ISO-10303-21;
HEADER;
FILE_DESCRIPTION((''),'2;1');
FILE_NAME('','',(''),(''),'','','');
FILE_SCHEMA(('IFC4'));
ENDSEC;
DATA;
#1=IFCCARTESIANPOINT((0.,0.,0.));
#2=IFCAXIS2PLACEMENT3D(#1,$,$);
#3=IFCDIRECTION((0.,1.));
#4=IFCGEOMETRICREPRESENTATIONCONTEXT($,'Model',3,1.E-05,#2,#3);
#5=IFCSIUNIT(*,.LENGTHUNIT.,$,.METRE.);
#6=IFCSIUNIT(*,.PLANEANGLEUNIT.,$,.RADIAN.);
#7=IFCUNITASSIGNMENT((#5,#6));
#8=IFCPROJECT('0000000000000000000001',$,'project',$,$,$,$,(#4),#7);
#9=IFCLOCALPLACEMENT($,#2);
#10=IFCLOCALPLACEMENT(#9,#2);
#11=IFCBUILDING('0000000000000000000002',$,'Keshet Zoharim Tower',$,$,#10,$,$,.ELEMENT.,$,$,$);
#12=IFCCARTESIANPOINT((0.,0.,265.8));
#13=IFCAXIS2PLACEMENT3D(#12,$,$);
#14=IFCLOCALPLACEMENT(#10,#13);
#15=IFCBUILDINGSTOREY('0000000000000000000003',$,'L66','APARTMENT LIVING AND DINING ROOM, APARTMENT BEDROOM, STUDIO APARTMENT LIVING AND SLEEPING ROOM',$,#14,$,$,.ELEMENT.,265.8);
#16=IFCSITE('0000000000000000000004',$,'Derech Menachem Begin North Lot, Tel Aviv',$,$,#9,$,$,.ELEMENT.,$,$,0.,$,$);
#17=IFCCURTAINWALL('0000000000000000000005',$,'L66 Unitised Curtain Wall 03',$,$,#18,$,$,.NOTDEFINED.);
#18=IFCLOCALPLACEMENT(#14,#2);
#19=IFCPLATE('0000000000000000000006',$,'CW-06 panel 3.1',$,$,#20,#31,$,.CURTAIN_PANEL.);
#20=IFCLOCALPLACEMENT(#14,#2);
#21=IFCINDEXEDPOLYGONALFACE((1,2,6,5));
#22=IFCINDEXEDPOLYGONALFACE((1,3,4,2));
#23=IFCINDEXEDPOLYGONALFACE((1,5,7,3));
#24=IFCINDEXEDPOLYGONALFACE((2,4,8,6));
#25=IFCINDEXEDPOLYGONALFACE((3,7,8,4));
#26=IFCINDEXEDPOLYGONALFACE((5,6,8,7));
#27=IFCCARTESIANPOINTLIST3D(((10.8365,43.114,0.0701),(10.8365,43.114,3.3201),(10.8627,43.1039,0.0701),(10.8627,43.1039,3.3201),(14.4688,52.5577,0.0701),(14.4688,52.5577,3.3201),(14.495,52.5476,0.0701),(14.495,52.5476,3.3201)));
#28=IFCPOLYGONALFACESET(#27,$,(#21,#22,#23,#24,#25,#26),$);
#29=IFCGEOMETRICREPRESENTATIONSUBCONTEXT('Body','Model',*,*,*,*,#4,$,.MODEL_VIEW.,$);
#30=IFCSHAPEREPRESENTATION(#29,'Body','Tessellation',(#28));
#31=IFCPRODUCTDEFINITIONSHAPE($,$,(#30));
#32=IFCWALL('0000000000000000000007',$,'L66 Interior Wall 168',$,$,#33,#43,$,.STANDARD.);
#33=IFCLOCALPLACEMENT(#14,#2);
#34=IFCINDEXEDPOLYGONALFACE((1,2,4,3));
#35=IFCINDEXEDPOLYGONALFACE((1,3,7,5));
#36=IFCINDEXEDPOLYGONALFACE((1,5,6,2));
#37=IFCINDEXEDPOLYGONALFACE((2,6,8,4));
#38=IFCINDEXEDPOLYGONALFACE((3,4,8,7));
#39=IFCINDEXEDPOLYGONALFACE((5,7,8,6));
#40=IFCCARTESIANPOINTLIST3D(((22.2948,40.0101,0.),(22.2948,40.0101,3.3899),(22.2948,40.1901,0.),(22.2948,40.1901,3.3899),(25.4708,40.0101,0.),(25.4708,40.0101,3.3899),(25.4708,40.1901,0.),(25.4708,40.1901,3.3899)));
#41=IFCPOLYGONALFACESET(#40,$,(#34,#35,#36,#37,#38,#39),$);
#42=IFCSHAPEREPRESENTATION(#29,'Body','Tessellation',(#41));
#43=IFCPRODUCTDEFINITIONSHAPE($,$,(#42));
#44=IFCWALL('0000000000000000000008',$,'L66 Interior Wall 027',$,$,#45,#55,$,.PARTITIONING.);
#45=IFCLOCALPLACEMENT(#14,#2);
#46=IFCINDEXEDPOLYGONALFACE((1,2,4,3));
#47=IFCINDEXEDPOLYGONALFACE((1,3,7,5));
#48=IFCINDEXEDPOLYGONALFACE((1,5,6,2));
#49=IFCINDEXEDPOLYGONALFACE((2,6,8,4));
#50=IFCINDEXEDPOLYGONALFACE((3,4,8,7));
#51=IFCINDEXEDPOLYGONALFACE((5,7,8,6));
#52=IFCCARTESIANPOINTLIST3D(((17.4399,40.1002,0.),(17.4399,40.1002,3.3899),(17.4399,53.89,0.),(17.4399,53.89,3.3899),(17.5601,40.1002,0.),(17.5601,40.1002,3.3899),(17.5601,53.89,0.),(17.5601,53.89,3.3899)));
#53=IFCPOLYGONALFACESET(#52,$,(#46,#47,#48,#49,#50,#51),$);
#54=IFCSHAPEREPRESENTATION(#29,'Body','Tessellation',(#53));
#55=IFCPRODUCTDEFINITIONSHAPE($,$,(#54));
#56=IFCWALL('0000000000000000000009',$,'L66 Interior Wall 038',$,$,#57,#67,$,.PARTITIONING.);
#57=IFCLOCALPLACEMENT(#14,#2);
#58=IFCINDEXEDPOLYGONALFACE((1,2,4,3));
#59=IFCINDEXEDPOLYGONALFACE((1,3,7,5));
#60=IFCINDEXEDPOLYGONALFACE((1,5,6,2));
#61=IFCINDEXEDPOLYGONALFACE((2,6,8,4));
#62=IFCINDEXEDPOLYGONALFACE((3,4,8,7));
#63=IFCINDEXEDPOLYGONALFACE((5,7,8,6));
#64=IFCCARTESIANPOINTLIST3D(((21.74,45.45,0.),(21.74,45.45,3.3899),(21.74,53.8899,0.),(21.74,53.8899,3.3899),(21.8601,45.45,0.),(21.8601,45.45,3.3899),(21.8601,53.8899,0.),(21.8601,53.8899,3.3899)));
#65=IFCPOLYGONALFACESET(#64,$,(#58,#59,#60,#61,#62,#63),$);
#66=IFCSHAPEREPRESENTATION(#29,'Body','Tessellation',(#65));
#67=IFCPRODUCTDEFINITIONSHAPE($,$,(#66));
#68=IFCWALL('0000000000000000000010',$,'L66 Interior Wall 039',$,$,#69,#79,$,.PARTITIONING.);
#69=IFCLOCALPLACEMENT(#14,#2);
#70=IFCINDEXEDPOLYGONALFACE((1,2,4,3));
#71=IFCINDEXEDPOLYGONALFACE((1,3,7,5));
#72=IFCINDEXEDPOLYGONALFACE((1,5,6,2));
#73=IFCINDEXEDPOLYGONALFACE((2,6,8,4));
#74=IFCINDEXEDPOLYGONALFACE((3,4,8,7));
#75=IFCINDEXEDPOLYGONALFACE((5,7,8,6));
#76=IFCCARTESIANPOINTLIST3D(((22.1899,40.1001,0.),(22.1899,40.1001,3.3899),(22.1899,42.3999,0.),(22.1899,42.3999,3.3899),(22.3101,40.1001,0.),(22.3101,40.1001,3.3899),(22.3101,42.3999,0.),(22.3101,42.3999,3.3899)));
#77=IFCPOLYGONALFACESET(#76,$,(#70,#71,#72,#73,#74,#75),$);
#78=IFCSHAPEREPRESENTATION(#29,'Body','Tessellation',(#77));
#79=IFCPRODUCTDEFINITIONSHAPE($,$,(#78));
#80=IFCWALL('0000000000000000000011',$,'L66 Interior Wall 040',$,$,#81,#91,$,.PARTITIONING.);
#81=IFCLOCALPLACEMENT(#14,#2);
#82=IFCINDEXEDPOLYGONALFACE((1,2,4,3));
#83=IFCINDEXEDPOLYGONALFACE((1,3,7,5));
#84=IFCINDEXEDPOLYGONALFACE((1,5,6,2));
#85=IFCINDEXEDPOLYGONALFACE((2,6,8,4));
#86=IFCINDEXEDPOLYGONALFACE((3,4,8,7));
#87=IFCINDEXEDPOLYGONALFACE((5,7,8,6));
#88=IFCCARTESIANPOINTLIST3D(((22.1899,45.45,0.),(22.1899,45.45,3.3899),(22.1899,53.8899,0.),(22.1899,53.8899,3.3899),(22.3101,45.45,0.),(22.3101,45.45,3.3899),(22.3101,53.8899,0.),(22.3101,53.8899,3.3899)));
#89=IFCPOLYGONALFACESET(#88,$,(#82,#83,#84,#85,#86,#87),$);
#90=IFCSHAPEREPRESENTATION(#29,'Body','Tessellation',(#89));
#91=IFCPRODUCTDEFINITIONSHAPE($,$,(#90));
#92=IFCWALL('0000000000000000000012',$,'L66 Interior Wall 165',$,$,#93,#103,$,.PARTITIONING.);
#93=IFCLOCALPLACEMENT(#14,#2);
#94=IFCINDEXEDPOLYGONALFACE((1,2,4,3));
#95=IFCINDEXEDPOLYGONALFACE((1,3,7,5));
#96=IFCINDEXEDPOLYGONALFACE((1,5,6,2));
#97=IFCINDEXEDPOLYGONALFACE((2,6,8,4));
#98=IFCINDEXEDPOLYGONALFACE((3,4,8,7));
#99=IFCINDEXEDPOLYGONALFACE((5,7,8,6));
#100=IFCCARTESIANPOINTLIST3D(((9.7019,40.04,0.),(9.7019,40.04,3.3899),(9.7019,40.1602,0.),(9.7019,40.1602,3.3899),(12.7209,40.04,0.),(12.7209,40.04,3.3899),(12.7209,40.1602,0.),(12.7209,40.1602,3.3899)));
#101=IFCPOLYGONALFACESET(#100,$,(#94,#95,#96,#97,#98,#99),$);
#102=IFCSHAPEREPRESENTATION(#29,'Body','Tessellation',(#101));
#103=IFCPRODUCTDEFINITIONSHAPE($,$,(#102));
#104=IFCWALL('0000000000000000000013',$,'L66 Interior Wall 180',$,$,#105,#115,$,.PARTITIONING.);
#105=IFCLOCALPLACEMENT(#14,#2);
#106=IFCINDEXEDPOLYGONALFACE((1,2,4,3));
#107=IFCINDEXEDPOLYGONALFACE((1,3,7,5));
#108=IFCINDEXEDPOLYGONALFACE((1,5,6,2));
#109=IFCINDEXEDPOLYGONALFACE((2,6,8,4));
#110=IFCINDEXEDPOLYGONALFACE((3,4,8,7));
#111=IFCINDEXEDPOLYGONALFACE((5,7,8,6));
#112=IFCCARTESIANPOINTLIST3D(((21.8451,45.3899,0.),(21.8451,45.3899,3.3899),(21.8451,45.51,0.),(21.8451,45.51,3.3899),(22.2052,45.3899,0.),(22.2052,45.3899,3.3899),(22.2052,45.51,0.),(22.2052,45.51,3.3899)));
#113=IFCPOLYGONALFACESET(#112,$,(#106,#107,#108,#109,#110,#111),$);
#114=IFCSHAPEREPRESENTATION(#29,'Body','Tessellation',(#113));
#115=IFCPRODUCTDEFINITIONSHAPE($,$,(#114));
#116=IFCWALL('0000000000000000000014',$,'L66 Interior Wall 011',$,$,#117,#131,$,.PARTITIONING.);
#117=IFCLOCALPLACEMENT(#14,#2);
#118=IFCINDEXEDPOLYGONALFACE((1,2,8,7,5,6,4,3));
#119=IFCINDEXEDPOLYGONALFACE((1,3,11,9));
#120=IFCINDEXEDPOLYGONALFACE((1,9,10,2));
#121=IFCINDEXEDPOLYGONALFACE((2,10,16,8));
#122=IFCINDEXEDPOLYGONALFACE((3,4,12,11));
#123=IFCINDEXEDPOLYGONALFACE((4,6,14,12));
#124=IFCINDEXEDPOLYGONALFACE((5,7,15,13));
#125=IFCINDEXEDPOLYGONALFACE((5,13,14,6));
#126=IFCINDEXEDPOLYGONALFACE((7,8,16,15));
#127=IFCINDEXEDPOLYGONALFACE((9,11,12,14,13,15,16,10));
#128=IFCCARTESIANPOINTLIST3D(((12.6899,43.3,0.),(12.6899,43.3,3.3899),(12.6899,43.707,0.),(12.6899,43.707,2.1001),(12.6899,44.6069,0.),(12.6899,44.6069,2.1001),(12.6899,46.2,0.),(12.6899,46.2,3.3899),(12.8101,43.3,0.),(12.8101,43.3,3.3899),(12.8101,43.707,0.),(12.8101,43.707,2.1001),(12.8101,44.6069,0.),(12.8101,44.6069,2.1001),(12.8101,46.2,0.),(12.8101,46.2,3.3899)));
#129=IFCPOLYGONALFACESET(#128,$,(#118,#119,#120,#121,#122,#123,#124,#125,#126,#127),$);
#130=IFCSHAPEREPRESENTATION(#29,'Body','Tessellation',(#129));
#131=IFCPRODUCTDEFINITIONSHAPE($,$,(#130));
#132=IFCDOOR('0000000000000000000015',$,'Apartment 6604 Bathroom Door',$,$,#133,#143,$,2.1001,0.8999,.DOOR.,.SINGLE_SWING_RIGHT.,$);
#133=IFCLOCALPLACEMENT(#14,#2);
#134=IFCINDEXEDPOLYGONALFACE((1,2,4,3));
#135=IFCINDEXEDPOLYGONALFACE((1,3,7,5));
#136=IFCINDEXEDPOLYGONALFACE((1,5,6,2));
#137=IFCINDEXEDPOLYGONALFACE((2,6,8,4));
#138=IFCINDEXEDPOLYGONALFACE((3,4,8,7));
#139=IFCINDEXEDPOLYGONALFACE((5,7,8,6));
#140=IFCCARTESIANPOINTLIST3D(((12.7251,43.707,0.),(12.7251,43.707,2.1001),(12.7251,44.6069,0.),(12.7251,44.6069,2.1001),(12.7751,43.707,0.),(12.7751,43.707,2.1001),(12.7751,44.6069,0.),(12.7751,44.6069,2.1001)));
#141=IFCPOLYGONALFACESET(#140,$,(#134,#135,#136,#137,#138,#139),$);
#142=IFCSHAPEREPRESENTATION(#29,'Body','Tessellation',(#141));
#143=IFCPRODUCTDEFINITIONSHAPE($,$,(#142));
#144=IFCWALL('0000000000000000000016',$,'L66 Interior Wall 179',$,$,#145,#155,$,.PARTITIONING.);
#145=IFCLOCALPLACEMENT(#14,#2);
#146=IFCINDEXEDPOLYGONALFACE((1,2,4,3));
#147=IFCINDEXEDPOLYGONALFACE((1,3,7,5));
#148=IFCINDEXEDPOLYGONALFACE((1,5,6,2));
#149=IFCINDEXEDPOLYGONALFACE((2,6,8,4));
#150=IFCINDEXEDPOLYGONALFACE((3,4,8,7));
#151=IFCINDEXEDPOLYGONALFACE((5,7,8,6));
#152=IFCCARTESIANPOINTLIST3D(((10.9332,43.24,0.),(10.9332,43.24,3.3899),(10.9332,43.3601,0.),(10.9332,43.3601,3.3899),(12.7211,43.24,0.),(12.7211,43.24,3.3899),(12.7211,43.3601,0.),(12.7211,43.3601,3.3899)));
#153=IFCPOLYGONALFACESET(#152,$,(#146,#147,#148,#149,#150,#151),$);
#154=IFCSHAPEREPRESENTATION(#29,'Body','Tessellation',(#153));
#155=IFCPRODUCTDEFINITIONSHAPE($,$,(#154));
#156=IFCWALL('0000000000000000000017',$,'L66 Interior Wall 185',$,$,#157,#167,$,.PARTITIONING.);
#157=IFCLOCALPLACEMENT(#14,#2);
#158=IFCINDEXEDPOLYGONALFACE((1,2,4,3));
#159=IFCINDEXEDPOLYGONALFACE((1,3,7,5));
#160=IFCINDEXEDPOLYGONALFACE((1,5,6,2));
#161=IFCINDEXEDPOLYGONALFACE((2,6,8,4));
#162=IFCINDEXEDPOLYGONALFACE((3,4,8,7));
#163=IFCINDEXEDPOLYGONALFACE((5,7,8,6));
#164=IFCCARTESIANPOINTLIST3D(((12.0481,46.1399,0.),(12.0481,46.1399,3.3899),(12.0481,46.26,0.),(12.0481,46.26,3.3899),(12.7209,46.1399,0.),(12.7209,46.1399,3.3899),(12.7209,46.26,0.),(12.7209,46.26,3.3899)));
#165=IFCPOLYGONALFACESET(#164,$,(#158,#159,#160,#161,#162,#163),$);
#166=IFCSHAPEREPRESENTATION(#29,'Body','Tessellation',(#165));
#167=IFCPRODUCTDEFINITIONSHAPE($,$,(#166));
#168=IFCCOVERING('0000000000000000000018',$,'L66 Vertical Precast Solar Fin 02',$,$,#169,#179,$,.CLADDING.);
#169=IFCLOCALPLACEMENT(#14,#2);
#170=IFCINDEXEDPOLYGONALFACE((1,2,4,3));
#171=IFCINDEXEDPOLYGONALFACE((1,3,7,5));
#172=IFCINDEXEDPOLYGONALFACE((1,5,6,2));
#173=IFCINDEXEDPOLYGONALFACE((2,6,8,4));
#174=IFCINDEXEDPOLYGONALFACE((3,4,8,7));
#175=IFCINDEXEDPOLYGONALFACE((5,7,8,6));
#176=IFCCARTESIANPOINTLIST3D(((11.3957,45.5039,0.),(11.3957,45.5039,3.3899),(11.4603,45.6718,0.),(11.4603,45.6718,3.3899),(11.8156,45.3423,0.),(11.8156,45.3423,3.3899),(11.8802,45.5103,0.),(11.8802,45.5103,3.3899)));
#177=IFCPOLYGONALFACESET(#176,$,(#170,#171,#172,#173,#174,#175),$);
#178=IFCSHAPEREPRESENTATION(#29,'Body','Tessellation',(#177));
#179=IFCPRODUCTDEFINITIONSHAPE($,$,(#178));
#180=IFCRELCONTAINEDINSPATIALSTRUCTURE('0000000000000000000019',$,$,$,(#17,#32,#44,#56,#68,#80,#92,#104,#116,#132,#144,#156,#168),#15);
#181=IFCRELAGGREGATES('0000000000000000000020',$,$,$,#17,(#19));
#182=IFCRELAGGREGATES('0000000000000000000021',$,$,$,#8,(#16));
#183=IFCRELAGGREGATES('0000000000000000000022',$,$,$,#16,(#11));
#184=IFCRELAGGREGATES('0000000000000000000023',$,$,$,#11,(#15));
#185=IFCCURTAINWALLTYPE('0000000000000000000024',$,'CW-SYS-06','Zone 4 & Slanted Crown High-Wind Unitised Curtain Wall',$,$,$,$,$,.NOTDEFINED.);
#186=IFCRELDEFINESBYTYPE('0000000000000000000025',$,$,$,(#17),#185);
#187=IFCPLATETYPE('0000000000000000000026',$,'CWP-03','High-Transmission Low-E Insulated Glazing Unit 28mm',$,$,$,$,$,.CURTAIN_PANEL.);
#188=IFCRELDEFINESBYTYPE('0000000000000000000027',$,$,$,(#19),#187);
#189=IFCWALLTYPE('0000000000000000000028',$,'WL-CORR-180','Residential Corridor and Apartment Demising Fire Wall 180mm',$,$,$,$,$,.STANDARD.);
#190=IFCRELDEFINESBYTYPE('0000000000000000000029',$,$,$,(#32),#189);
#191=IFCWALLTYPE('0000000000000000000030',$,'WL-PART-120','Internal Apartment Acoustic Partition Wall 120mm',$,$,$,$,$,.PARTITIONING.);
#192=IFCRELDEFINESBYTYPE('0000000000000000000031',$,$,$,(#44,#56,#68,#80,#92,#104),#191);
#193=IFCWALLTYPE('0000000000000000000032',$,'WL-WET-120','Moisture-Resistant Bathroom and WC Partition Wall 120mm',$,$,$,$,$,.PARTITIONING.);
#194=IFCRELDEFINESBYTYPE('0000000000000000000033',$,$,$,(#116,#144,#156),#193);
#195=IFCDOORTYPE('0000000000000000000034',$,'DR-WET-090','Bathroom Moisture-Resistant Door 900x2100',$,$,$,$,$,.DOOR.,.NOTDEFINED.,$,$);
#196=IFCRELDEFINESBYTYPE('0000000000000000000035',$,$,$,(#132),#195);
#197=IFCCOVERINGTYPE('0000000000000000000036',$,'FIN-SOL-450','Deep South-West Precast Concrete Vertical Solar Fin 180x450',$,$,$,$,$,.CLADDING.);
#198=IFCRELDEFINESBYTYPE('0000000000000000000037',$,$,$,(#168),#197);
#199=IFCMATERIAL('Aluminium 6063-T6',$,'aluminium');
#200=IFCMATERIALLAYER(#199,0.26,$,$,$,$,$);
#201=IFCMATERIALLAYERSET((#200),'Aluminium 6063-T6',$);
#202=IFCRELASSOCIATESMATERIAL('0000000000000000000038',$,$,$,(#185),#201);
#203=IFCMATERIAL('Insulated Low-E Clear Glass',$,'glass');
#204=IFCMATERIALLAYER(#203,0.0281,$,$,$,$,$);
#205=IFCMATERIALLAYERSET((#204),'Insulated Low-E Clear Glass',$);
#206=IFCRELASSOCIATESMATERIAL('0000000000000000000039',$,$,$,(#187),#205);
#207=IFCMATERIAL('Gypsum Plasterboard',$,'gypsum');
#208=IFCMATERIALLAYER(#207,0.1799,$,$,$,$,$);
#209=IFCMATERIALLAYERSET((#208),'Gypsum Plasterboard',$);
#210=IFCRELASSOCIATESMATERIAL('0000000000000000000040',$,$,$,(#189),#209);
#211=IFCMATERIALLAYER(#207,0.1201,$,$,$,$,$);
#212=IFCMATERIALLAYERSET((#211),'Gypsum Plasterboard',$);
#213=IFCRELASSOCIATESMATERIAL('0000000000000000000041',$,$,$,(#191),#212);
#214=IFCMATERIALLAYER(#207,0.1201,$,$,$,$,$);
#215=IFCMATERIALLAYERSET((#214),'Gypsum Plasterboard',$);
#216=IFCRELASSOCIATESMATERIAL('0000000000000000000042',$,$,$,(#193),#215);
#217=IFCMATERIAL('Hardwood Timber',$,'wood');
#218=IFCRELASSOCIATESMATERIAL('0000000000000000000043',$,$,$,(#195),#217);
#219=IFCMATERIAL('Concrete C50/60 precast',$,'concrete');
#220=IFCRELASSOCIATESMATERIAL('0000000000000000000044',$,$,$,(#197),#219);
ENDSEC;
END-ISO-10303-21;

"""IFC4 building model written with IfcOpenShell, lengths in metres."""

from ifc_helpers import new_model, si_unit, direction, frame, frame_2d, origin, origin_2d, place, context, subcontext, project, spatial, rectangle, extrude, material, layer, layer_set, type_object, element, fill, aggregate, save


model = new_model("IFC4")

# Units and contexts
model_context = context("Model", 3, precision=1e-05, world=origin(), true_north=direction((0.0, 1.0)))
body_context = subcontext(model_context, "Body", "Model", "MODEL_VIEW")
ifc_project = project(units=[si_unit("LENGTHUNIT", "METRE"), si_unit("PLANEANGLEUNIT", "RADIAN")], contexts=[model_context])

# Site, building, storey
site_placement = place(None, origin())
site = spatial("IfcSite", under=ifc_project, at=site_placement, Name="Derech Menachem Begin North Lot, Tel Aviv", CompositionType="ELEMENT", RefElevation=0.0)
building_placement = place(site_placement, origin())
building = spatial("IfcBuilding", under=site, at=building_placement, Name="Keshet Zoharim Tower", CompositionType="ELEMENT")
storey_placement = place(building_placement, frame((0.0, 0.0, 265.8)))
storey = spatial("IfcBuildingStorey", under=building, at=storey_placement, Name="L66", Description="APARTMENT LIVING AND DINING ROOM, APARTMENT BEDROOM, STUDIO APARTMENT LIVING AND SLEEPING ROOM", CompositionType="ELEMENT", Elevation=265.8)

# Curtain wall, plate
ifc_material_1 = material(Name="Aluminium 6063-T6", Category="aluminium")
ifc_layer_1 = layer(ifc_material_1, 0.26)
ifc_layer_set_1 = layer_set([ifc_layer_1], Name="Aluminium 6063-T6")
curtain_wall_type = type_object("IfcCurtainWallType", Name="CW-SYS-06", Description="Zone 4 & Slanted Crown High-Wind Unitised Curtain Wall", PredefinedType="NOTDEFINED", material=ifc_layer_set_1)
curtain_wall_placement = place(storey_placement, origin())
curtain_wall = element("IfcCurtainWall", 1, at=curtain_wall_placement, inside=storey, type_object=curtain_wall_type, Name="L66 Unitised Curtain Wall 03", PredefinedType="NOTDEFINED")
ifc_material_2 = material(Name="Insulated Low-E Clear Glass", Category="glass")
ifc_layer_2 = layer(ifc_material_2, 0.0281)
ifc_layer_set_2 = layer_set([ifc_layer_2], Name="Insulated Low-E Clear Glass")
plate_type = type_object("IfcPlateType", Name="CWP-03", Description="High-Transmission Low-E Insulated Glazing Unit 28mm", PredefinedType="CURTAIN_PANEL", material=ifc_layer_set_2)
plate_1_placement = place(storey_placement, frame((12.6658, 47.8308, 0.0701), z_axis=(0.0, 0.0, 1.0), x_axis=(0.35899, 0.933341, 0.0)))
plate_1 = element("IfcPlate", 2, at=plate_1_placement, type_object=plate_type, Name="CW-06 panel 3.1", PredefinedType="CURTAIN_PANEL", context=body_context, shape_type="SweptSolid", body=[
    extrude(rectangle(XDim=10.1182, YDim=0.0281, at=origin_2d()), origin(), (0.0, 0.0, 1.0), 3.25),
])
aggregate(curtain_wall, [plate_1])

# Shared definitions
ifc_material_3 = material(Name="Gypsum Plasterboard", Category="gypsum")
ifc_layer_3 = layer(ifc_material_3, 0.1799)
ifc_layer_set_3 = layer_set([ifc_layer_3], Name="Gypsum Plasterboard")
wall_type_1 = type_object("IfcWallType", Name="WL-CORR-180", Description="Residential Corridor and Apartment Demising Fire Wall 180mm", PredefinedType="STANDARD", material=ifc_layer_set_3)
ifc_material_4 = material(Name="Hardwood Timber", Category="wood")

# Wall
wall_1_placement = place(storey_placement, frame((22.2949, 40.1001, 0.0), z_axis=(0.0, 0.0, 1.0), x_axis=(1.0, 0.0, 0.0)))
element("IfcWall", 3, at=wall_1_placement, inside=storey, type_object=wall_type_1, Name="L66 Interior Wall 168", PredefinedType="STANDARD", context=body_context, shape_type="SweptSolid", body=[
    extrude(rectangle(XDim=3.176, YDim=0.1799, at=frame_2d((1.5879, 0.0))), origin(), (0.0, 0.0, 1.0), 3.3899),
])

# Shared definitions
ifc_layer_4 = layer(ifc_material_3, 0.1201)
ifc_layer_set_4 = layer_set([ifc_layer_4], Name="Gypsum Plasterboard")
wall_type_2 = type_object("IfcWallType", Name="WL-PART-120", Description="Internal Apartment Acoustic Partition Wall 120mm", PredefinedType="PARTITIONING", material=ifc_layer_set_4)

# Walls
wall_2_placement = place(storey_placement, frame((17.5, 40.1001, 0.0), z_axis=(0.0, 0.0, 1.0), x_axis=(0.0, 1.0, 0.0)))
element("IfcWall", 4, at=wall_2_placement, inside=storey, type_object=wall_type_2, Name="L66 Interior Wall 027", PredefinedType="PARTITIONING", context=body_context, shape_type="SweptSolid", body=[
    extrude(rectangle(XDim=13.7898, YDim=0.1201, at=frame_2d((6.895, 0.0))), origin(), (0.0, 0.0, 1.0), 3.3899),
])
wall_3_placement = place(storey_placement, frame((21.8, 45.45, 0.0), z_axis=(0.0, 0.0, 1.0), x_axis=(0.0, 1.0, 0.0)))
element("IfcWall", 5, at=wall_3_placement, inside=storey, type_object=wall_type_2, Name="L66 Interior Wall 038", PredefinedType="PARTITIONING", context=body_context, shape_type="SweptSolid", body=[
    extrude(rectangle(XDim=8.4399, YDim=0.1201, at=frame_2d((4.22, 0.0))), origin(), (0.0, 0.0, 1.0), 3.3899),
])
wall_4_placement = place(storey_placement, frame((22.25, 40.1001, 0.0), z_axis=(0.0, 0.0, 1.0), x_axis=(0.0, 1.0, 0.0)))
element("IfcWall", 6, at=wall_4_placement, inside=storey, type_object=wall_type_2, Name="L66 Interior Wall 039", PredefinedType="PARTITIONING", context=body_context, shape_type="SweptSolid", body=[
    extrude(rectangle(XDim=2.2998, YDim=0.1201, at=frame_2d((1.1499, 0.0))), origin(), (0.0, 0.0, 1.0), 3.3899),
])
wall_5_placement = place(storey_placement, frame((22.25, 45.45, 0.0), z_axis=(0.0, 0.0, 1.0), x_axis=(0.0, 1.0, 0.0)))
element("IfcWall", 7, at=wall_5_placement, inside=storey, type_object=wall_type_2, Name="L66 Interior Wall 040", PredefinedType="PARTITIONING", context=body_context, shape_type="SweptSolid", body=[
    extrude(rectangle(XDim=8.4399, YDim=0.1201, at=frame_2d((4.22, 0.0))), origin(), (0.0, 0.0, 1.0), 3.3899),
])
wall_6_placement = place(storey_placement, frame((9.7019, 40.1001, 0.0), z_axis=(0.0, 0.0, 1.0), x_axis=(1.0, 0.0, 0.0)))
element("IfcWall", 8, at=wall_6_placement, inside=storey, type_object=wall_type_2, Name="L66 Interior Wall 165", PredefinedType="PARTITIONING", context=body_context, shape_type="SweptSolid", body=[
    extrude(rectangle(XDim=3.019, YDim=0.1201, at=frame_2d((1.5095, 0.0))), origin(), (0.0, 0.0, 1.0), 3.3899),
])

# Wall
wall_7_placement = place(storey_placement, frame((21.845, 45.45, 0.0), z_axis=(0.0, 0.0, 1.0), x_axis=(1.0, 0.0, 0.0)))
element("IfcWall", 9, at=wall_7_placement, inside=storey, type_object=wall_type_2, Name="L66 Interior Wall 180", PredefinedType="PARTITIONING", context=body_context, shape_type="SweptSolid", body=[
    extrude(rectangle(XDim=0.3601, YDim=0.1201, at=frame_2d((0.1802, 0.0))), origin(), (0.0, 0.0, 1.0), 3.3899),
])

# Wall, opening, door
ifc_layer_5 = layer(ifc_material_3, 0.1201)
ifc_layer_set_5 = layer_set([ifc_layer_5], Name="Gypsum Plasterboard")
wall_type_3 = type_object("IfcWallType", Name="WL-WET-120", Description="Moisture-Resistant Bathroom and WC Partition Wall 120mm", PredefinedType="PARTITIONING", material=ifc_layer_set_5)
wall_8_placement = place(storey_placement, frame((12.75, 43.3, 0.0), z_axis=(0.0, 0.0, 1.0), x_axis=(0.0, 1.0, 0.0)))
wall_8 = element("IfcWall", 10, at=wall_8_placement, inside=storey, type_object=wall_type_3, Name="L66 Interior Wall 011", PredefinedType="PARTITIONING", context=body_context, shape_type="SweptSolid", body=[
    extrude(rectangle(XDim=2.8999, YDim=0.1201, at=frame_2d((1.45, 0.0))), origin(), (0.0, 0.0, 1.0), 3.3899),
])
opening_1_placement = place(wall_8_placement, frame((0.407, 0.0, 0.0)))
opening_1 = element("IfcOpeningElement", 11, at=opening_1_placement, cuts=wall_8, PredefinedType="OPENING", context=body_context, shape_type="SweptSolid", body=[
    extrude(rectangle(XDim=0.8999, YDim=2.1001, at=frame_2d((0.45, 1.05))), frame((0.0, 0.0701, 0.0), z_axis=(0.0, -1.0, 0.0), x_axis=(1.0, 0.0, 0.0)), (0.0, 0.0, 1.0), 0.1401),
])
door_type_1 = type_object("IfcDoorType", Name="DR-WET-090", Description="Bathroom Moisture-Resistant Door 900x2100", OperationType="NOTDEFINED", PredefinedType="DOOR", material=ifc_material_4)
door_1_placement = place(opening_1_placement, origin())
door_1 = element("IfcDoor", 12, at=door_1_placement, inside=storey, type_object=door_type_1, Name="Apartment 6604 Bathroom Door", OperationType="SINGLE_SWING_RIGHT", OverallHeight=2.1001, OverallWidth=0.8999, PredefinedType="DOOR", context=body_context, shape_type="SweptSolid", body=[
    extrude(rectangle(XDim=0.8999, YDim=2.1001, at=frame_2d((0.45, 1.05))), frame((0.0, 0.0249, 0.0), z_axis=(0.0, -1.0, 0.0), x_axis=(1.0, 0.0, 0.0)), (0.0, 0.0, 1.0), 0.05),
])
fill(opening_1, door_1)

# Walls
wall_9_placement = place(storey_placement, frame((10.9331, 43.3, 0.0), z_axis=(0.0, 0.0, 1.0), x_axis=(1.0, 0.0, 0.0)))
element("IfcWall", 13, at=wall_9_placement, inside=storey, type_object=wall_type_3, Name="L66 Interior Wall 179", PredefinedType="PARTITIONING", context=body_context, shape_type="SweptSolid", body=[
    extrude(rectangle(XDim=1.7878, YDim=0.1201, at=frame_2d((0.894, 0.0))), origin(), (0.0, 0.0, 1.0), 3.3899),
])
wall_10_placement = place(storey_placement, frame((12.0481, 46.2, 0.0), z_axis=(0.0, 0.0, 1.0), x_axis=(1.0, 0.0, 0.0)))
element("IfcWall", 14, at=wall_10_placement, inside=storey, type_object=wall_type_3, Name="L66 Interior Wall 185", PredefinedType="PARTITIONING", context=body_context, shape_type="SweptSolid", body=[
    extrude(rectangle(XDim=0.6729, YDim=0.1201, at=frame_2d((0.3364, 0.0))), origin(), (0.0, 0.0, 1.0), 3.3899),
])

# Covering
ifc_material_5 = material(Name="Concrete C50/60 precast", Category="concrete")
covering_type = type_object("IfcCoveringType", Name="FIN-SOL-450", Description="Deep South-West Precast Concrete Vertical Solar Fin 180x450", PredefinedType="CLADDING", material=ifc_material_5)
covering_placement = place(storey_placement, frame((11.6379, 45.5071, 0.0), z_axis=(0.0, 0.0, 1.0), x_axis=(0.35899, 0.933341, 0.0)))
element("IfcCovering", 15, at=covering_placement, inside=storey, type_object=covering_type, Name="L66 Vertical Precast Solar Fin 02", PredefinedType="CLADDING", context=body_context, shape_type="SweptSolid", body=[
    extrude(rectangle(XDim=0.1799, YDim=0.45, at=origin_2d()), origin(), (0.0, 0.0, 1.0), 3.3899),
])

save(model, "model.ifc")
